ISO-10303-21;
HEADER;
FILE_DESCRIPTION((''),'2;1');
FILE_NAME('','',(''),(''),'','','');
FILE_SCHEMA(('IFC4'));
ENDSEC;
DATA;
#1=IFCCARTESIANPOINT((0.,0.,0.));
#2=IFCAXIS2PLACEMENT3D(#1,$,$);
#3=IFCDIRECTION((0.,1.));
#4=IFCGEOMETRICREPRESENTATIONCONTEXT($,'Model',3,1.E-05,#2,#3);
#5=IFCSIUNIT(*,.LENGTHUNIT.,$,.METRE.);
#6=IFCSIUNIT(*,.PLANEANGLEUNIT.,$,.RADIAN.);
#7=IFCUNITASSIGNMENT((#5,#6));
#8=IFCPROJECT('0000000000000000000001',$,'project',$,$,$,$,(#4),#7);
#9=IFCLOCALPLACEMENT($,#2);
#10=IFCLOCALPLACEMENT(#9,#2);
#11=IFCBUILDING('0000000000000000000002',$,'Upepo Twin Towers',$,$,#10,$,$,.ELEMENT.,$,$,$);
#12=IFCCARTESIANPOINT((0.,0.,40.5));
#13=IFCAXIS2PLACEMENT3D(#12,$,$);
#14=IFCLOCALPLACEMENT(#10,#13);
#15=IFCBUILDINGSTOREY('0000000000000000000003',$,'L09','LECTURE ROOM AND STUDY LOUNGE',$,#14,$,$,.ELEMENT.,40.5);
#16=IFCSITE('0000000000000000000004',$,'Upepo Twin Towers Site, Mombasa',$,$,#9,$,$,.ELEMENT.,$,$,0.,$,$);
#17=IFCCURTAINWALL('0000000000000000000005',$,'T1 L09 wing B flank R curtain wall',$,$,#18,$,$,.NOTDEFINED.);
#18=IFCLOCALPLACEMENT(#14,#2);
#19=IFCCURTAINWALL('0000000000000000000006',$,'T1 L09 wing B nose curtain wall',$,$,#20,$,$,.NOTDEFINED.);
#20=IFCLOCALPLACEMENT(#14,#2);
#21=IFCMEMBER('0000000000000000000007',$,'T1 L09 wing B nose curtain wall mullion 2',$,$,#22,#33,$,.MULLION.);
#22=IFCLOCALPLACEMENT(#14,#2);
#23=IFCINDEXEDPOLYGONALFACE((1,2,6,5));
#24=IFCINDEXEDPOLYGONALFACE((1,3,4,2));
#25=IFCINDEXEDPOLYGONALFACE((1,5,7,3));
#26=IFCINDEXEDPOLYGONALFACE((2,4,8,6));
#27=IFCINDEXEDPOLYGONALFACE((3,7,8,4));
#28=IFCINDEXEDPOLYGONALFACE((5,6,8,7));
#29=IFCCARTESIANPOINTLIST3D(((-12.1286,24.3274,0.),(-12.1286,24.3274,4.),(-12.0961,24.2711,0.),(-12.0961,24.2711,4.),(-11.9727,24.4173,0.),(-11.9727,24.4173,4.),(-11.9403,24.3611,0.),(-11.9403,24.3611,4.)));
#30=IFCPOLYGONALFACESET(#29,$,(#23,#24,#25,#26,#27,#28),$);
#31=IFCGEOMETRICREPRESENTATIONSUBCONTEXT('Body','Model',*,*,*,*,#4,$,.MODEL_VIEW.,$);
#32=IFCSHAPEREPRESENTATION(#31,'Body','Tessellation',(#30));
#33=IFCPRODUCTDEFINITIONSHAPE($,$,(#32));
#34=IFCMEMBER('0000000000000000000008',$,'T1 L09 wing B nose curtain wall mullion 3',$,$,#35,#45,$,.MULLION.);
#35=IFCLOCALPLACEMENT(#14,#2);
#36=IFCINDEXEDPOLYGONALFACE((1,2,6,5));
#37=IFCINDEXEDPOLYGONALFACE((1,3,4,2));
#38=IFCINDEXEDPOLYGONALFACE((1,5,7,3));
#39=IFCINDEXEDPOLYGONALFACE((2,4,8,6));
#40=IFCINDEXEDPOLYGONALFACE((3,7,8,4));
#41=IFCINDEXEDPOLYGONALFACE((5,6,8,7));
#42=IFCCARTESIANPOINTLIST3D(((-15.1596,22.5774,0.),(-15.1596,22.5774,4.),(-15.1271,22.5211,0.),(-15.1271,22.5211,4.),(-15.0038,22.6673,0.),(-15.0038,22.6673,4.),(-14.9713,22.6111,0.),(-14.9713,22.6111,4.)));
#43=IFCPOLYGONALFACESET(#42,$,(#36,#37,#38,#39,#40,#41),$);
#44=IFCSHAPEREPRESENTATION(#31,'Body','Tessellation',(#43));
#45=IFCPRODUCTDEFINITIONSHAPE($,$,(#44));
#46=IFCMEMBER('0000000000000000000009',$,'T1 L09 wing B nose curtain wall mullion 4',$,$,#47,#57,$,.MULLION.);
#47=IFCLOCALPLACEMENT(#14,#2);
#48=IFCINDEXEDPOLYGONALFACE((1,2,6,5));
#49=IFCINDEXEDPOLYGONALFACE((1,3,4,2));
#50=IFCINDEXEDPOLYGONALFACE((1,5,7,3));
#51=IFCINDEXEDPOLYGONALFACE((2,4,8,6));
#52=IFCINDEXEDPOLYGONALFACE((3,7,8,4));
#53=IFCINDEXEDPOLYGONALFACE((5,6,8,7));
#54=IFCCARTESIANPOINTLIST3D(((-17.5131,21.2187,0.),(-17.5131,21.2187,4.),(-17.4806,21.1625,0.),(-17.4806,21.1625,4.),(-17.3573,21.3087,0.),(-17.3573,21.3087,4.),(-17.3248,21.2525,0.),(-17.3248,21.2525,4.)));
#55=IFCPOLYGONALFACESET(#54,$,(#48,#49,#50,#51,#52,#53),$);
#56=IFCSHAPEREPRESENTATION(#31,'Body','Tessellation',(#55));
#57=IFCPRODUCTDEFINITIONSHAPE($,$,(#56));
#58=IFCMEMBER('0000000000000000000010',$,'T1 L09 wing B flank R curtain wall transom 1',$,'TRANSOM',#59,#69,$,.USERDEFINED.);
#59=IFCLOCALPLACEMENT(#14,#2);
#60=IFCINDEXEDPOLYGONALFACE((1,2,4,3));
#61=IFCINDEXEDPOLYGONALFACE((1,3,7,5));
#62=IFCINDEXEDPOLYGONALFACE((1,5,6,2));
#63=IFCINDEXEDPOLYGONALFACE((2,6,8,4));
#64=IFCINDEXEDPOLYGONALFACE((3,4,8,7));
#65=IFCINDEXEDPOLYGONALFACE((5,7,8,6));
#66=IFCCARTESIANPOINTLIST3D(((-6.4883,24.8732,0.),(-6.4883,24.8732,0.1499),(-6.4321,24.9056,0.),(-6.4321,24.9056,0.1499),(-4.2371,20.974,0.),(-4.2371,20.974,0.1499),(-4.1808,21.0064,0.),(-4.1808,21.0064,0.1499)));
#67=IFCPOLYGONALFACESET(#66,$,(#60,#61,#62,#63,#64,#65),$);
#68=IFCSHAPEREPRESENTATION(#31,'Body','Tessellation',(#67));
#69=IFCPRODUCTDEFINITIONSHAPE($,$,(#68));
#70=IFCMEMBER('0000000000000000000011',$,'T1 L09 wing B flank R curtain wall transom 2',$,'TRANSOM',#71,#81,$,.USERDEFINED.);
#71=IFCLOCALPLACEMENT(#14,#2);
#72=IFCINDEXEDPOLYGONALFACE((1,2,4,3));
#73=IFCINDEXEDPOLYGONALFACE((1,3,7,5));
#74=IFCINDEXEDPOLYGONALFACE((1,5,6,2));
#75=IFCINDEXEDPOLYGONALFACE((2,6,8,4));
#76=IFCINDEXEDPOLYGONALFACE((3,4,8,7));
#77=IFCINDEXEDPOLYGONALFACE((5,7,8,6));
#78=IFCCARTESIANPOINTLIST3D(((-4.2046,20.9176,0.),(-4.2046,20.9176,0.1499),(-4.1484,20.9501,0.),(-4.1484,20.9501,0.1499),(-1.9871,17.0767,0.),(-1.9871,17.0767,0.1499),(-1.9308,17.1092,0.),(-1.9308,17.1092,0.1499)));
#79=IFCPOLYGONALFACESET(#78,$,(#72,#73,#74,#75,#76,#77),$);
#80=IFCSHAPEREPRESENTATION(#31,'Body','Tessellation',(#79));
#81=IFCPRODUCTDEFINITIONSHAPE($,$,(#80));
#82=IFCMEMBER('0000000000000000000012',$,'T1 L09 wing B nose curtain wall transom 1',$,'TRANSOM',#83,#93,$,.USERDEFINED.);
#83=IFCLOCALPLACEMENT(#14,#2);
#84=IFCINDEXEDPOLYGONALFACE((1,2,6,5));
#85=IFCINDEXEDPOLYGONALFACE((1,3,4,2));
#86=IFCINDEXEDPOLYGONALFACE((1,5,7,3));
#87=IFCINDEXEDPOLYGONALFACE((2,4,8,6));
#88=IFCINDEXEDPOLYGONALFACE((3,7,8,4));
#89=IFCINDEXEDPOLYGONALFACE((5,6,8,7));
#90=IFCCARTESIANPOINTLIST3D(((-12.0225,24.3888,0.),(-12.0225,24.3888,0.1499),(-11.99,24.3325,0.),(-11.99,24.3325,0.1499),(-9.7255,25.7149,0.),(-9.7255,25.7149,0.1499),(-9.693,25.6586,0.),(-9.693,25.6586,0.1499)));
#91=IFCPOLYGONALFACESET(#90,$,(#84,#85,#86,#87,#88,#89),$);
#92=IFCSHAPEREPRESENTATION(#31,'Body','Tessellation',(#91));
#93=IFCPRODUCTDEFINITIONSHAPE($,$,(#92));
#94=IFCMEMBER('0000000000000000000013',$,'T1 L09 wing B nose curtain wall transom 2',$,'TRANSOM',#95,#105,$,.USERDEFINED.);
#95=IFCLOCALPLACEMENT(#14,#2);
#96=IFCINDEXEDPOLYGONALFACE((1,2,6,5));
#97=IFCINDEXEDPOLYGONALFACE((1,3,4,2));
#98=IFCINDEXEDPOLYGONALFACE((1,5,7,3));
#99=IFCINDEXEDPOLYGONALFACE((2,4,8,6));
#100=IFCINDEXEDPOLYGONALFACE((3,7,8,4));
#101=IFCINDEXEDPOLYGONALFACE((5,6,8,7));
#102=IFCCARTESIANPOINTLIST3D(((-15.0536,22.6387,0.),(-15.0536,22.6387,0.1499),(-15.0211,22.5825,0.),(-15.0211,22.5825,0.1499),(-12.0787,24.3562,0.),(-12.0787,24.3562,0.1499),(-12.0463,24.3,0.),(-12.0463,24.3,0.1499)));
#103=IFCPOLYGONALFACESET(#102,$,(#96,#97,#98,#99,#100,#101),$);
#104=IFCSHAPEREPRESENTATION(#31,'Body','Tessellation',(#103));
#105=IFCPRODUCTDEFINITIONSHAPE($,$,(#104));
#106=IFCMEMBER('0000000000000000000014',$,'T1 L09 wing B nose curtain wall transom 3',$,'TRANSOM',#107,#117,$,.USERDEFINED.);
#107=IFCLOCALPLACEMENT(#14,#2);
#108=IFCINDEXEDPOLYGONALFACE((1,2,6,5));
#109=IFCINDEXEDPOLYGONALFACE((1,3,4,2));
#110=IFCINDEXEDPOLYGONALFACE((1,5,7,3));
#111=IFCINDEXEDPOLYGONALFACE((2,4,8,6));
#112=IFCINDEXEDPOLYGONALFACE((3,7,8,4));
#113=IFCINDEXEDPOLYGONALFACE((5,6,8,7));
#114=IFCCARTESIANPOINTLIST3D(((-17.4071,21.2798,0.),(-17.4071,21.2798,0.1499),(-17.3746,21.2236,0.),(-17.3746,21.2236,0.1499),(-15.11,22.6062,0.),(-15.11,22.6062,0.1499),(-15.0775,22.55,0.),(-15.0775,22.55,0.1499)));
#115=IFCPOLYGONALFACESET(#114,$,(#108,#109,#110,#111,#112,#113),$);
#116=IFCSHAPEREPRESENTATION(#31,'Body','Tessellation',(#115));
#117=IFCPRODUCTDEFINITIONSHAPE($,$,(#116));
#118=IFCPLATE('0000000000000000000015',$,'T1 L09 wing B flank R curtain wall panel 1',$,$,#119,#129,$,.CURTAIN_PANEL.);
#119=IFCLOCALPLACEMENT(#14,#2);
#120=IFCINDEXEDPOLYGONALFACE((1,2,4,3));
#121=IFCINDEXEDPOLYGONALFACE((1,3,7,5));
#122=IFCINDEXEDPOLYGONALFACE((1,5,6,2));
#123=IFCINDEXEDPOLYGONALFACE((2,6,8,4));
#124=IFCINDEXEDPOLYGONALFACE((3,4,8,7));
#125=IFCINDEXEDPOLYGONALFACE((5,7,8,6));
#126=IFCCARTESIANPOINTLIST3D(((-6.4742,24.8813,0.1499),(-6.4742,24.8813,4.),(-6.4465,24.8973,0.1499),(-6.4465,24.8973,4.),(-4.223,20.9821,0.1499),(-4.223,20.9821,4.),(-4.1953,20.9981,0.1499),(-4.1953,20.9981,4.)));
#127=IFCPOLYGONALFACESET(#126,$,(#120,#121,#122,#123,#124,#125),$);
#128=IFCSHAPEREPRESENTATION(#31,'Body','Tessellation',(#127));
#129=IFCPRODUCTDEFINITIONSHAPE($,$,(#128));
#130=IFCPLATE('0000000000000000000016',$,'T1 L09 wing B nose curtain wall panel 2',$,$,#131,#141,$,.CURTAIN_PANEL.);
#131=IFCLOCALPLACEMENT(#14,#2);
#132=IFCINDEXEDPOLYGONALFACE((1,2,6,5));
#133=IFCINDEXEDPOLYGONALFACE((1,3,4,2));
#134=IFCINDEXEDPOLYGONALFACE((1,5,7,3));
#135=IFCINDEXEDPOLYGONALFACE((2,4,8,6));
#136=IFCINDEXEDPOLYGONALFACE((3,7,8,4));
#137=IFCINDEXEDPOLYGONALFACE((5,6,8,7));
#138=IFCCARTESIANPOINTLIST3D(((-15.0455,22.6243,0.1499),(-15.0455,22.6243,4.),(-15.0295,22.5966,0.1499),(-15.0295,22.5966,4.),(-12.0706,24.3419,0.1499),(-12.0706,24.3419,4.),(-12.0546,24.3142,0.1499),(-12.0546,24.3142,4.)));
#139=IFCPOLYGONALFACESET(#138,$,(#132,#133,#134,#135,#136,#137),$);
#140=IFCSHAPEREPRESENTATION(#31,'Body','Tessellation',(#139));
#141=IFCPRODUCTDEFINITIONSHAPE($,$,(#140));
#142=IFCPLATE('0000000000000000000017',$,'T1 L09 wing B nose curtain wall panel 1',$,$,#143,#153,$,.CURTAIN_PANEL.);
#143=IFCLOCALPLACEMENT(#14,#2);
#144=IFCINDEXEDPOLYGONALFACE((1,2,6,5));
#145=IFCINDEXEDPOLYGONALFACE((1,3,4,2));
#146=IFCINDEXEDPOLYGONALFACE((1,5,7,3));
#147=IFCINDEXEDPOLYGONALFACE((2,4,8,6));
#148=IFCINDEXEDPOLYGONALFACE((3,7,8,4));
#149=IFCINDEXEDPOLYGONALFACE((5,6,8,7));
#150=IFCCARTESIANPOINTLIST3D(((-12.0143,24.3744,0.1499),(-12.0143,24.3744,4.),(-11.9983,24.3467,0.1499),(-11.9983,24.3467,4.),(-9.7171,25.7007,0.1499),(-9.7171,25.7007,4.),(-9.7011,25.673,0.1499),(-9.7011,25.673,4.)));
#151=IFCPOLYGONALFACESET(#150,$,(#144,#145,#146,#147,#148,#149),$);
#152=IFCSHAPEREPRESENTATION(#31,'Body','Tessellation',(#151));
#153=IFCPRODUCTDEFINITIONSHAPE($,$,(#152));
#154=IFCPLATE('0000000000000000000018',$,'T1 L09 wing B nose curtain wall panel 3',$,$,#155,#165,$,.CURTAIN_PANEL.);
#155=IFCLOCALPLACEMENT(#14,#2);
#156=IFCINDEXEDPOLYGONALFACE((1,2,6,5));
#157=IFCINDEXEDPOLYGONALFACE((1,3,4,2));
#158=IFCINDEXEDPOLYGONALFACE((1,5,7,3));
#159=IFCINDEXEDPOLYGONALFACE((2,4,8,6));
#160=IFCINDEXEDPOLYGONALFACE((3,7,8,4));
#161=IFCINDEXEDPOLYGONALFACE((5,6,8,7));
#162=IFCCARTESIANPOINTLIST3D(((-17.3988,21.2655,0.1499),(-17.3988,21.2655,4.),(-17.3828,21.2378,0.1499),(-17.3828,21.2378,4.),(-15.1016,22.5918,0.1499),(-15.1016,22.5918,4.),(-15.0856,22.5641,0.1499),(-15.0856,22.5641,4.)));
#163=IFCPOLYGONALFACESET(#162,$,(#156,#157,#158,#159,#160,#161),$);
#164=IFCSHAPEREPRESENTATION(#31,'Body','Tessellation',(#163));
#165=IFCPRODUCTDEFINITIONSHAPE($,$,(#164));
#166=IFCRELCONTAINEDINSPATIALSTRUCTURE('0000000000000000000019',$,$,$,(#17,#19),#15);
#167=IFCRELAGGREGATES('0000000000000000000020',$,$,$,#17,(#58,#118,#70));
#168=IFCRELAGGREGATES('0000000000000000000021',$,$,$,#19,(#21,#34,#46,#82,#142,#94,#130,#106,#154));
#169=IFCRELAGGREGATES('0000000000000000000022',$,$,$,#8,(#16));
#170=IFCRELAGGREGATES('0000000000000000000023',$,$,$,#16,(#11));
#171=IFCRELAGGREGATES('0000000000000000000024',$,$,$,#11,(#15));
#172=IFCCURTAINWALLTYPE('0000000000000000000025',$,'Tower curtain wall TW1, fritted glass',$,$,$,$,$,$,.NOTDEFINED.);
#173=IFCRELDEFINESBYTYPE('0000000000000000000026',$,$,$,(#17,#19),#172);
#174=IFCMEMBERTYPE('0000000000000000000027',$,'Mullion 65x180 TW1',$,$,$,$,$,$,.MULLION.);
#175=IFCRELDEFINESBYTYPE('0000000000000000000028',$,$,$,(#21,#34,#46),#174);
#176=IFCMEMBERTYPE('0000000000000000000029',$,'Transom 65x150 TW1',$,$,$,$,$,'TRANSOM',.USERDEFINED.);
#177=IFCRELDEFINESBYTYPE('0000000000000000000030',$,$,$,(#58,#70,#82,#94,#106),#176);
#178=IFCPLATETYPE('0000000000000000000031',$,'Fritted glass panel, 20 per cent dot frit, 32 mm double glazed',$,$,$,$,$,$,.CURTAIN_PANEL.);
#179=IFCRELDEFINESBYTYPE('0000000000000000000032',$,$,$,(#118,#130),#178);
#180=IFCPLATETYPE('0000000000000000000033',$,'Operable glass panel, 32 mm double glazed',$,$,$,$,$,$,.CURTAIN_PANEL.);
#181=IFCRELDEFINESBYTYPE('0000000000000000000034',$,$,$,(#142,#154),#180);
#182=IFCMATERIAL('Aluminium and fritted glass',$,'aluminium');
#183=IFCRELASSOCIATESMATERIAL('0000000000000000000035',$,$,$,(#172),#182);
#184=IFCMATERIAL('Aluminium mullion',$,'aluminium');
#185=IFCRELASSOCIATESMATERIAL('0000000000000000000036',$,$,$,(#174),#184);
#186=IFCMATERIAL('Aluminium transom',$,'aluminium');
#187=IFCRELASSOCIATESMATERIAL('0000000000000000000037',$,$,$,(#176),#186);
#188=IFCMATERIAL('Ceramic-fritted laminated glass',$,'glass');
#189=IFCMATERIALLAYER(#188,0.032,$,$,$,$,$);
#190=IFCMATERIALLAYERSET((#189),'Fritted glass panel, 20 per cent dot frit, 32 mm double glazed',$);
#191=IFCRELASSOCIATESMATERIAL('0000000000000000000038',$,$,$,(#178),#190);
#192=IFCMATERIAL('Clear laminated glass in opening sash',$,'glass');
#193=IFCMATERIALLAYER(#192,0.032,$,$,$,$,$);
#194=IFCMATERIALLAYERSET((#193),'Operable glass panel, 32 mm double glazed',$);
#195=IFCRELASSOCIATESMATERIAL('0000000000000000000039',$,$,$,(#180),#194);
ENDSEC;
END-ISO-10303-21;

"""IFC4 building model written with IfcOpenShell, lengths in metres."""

from ifc_helpers import new_model, si_unit, direction, frame, origin, origin_2d, place, context, subcontext, project, spatial, rectangle, extrude, material, layer, layer_set, material_profile, profile_set, type_object, element, aggregate, save


model = new_model("IFC4")

# Units and contexts
model_context = context("Model", 3, precision=1e-05, world=origin(), true_north=direction((0.0, 1.0)))
body_context = subcontext(model_context, "Body", "Model", "MODEL_VIEW")
ifc_project = project(units=[si_unit("LENGTHUNIT", "METRE"), si_unit("PLANEANGLEUNIT", "RADIAN")], contexts=[model_context])

# Site, building, storey
site_placement = place(None, origin())
site = spatial("IfcSite", under=ifc_project, at=site_placement, Name="Upepo Twin Towers Site, Mombasa", CompositionType="ELEMENT", RefElevation=0.0)
building_placement = place(site_placement, origin())
building = spatial("IfcBuilding", under=site, at=building_placement, Name="Upepo Twin Towers", CompositionType="ELEMENT")
storey_placement = place(building_placement, frame((0.0, 0.0, 40.5)))
storey = spatial("IfcBuildingStorey", under=building, at=storey_placement, Name="L09", Description="LECTURE ROOM AND STUDY LOUNGE", CompositionType="ELEMENT", Elevation=40.5)

# Shared definitions
ifc_material_1 = material(Name="Aluminium and fritted glass", Category="aluminium")
curtain_wall_type = type_object("IfcCurtainWallType", Name="Tower curtain wall TW1, fritted glass", PredefinedType="NOTDEFINED", material=ifc_material_1)
ifc_material_2 = material(Name="Aluminium mullion", Category="aluminium")
ifc_material_profile_1 = material_profile(ifc_material_2, rectangle(XDim=0.0649, YDim=0.1799, at=origin_2d()), Name="MULLION 65x180")
ifc_profile_set_1 = profile_set([ifc_material_profile_1], Name="Aluminium mullion")
member_type_1 = type_object("IfcMemberType", Name="Mullion 65x180 TW1", PredefinedType="MULLION", material=ifc_profile_set_1)

# Curtain walls, members
curtain_wall_1_placement = place(storey_placement, origin())
curtain_wall_1 = element("IfcCurtainWall", 1, at=curtain_wall_1_placement, inside=storey, type_object=curtain_wall_type, Name="T1 L09 wing B flank R curtain wall", PredefinedType="NOTDEFINED")
curtain_wall_2_placement = place(storey_placement, origin())
curtain_wall_2 = element("IfcCurtainWall", 2, at=curtain_wall_2_placement, inside=storey, type_object=curtain_wall_type, Name="T1 L09 wing B nose curtain wall", PredefinedType="NOTDEFINED")
member_1_placement = place(storey_placement, frame((-12.0344, 24.3442, 0.0), z_axis=(0.0, 0.0, 1.0), x_axis=(0.5, -0.866025, 0.0)))
member_1 = element("IfcMember", 3, at=member_1_placement, type_object=member_type_1, Name="T1 L09 wing B nose curtain wall mullion 2", PredefinedType="MULLION", context=body_context, shape_type="SweptSolid", body=[
    extrude(rectangle(XDim=0.0649, YDim=0.1799, at=origin_2d()), origin(), (0.0, 0.0, 1.0), 4.0),
])
member_2_placement = place(storey_placement, frame((-15.0654, 22.5942, 0.0), z_axis=(0.0, 0.0, 1.0), x_axis=(0.5, -0.866025, 0.0)))
member_2 = element("IfcMember", 4, at=member_2_placement, type_object=member_type_1, Name="T1 L09 wing B nose curtain wall mullion 3", PredefinedType="MULLION", context=body_context, shape_type="SweptSolid", body=[
    extrude(rectangle(XDim=0.0649, YDim=0.1799, at=origin_2d()), origin(), (0.0, 0.0, 1.0), 4.0),
])
member_3_placement = place(storey_placement, frame((-17.4189, 21.2356, 0.0), z_axis=(0.0, 0.0, 1.0), x_axis=(0.5, -0.866025, 0.0)))
member_3 = element("IfcMember", 5, at=member_3_placement, type_object=member_type_1, Name="T1 L09 wing B nose curtain wall mullion 4", PredefinedType="MULLION", context=body_context, shape_type="SweptSolid", body=[
    extrude(rectangle(XDim=0.0649, YDim=0.1799, at=origin_2d()), origin(), (0.0, 0.0, 1.0), 4.0),
])

# Members
ifc_material_3 = material(Name="Aluminium transom", Category="aluminium")
ifc_material_profile_2 = material_profile(ifc_material_3, rectangle(XDim=0.0649, YDim=0.1499, at=origin_2d()), Name="TRANSOM 65x150")
ifc_profile_set_2 = profile_set([ifc_material_profile_2], Name="Aluminium transom")
member_type_2 = type_object("IfcMemberType", Name="Transom 65x150 TW1", ElementType="TRANSOM", PredefinedType="USERDEFINED", material=ifc_profile_set_2)
member_4_placement = place(storey_placement, frame((-6.4602, 24.8894, 0.075), z_axis=(0.500006, -0.866022, 0.0), x_axis=(0.866022, 0.500006, 0.0)))
member_4 = element("IfcMember", 6, at=member_4_placement, type_object=member_type_2, Name="T1 L09 wing B flank R curtain wall transom 1", ObjectType="TRANSOM", PredefinedType="USERDEFINED", context=body_context, shape_type="SweptSolid", body=[
    extrude(rectangle(XDim=0.0649, YDim=0.1499, at=origin_2d()), origin(), (0.0, 0.0, 1.0), 4.5024),
])
member_5_placement = place(storey_placement, frame((-4.1765, 20.9338, 0.075), z_axis=(0.500005, -0.866022, 0.0), x_axis=(0.866022, 0.500005, 0.0)))
member_5 = element("IfcMember", 7, at=member_5_placement, type_object=member_type_2, Name="T1 L09 wing B flank R curtain wall transom 2", ObjectType="TRANSOM", PredefinedType="USERDEFINED", context=body_context, shape_type="SweptSolid", body=[
    extrude(rectangle(XDim=0.0649, YDim=0.1499, at=origin_2d()), origin(), (0.0, 0.0, 1.0), 4.4351),
])
member_6_placement = place(storey_placement, frame((-9.7092, 25.6868, 0.075), z_axis=(-0.866037, -0.49998, 0.0), x_axis=(0.49998, -0.866037, 0.0)))
member_6 = element("IfcMember", 8, at=member_6_placement, type_object=member_type_2, Name="T1 L09 wing B nose curtain wall transom 1", ObjectType="TRANSOM", PredefinedType="USERDEFINED", context=body_context, shape_type="SweptSolid", body=[
    extrude(rectangle(XDim=0.0649, YDim=0.1499, at=origin_2d()), origin(), (0.0, 0.0, 1.0), 2.6523),
])
member_7_placement = place(storey_placement, frame((-12.0625, 24.3281, 0.075), z_axis=(-0.866026, -0.499999, 0.0), x_axis=(0.499999, -0.866026, 0.0)))
member_7 = element("IfcMember", 9, at=member_7_placement, type_object=member_type_2, Name="T1 L09 wing B nose curtain wall transom 2", ObjectType="TRANSOM", PredefinedType="USERDEFINED", context=body_context, shape_type="SweptSolid", body=[
    extrude(rectangle(XDim=0.0649, YDim=0.1499, at=origin_2d()), origin(), (0.0, 0.0, 1.0), 3.4351),
])
member_8_placement = place(storey_placement, frame((-15.0938, 22.5781, 0.075), z_axis=(-0.865997, -0.500049, 0.0), x_axis=(0.500049, -0.865997, 0.0)))
member_8 = element("IfcMember", 10, at=member_8_placement, type_object=member_type_2, Name="T1 L09 wing B nose curtain wall transom 3", ObjectType="TRANSOM", PredefinedType="USERDEFINED", context=body_context, shape_type="SweptSolid", body=[
    extrude(rectangle(XDim=0.0649, YDim=0.1499, at=origin_2d()), origin(), (0.0, 0.0, 1.0), 2.6526),
])

# Plates
ifc_material_4 = material(Name="Ceramic-fritted laminated glass", Category="glass")
ifc_layer_1 = layer(ifc_material_4, 0.032)
ifc_layer_set_1 = layer_set([ifc_layer_1], Name="Fritted glass panel, 20 per cent dot frit, 32 mm double glazed")
plate_type_1 = type_object("IfcPlateType", Name="Fritted glass panel, 20 per cent dot frit, 32 mm double glazed", PredefinedType="CURTAIN_PANEL", material=ifc_layer_set_1)
plate_1_placement = place(storey_placement, frame((-5.3347, 22.9397, 0.1499), z_axis=(0.0, 0.0, 1.0), x_axis=(0.5, -0.866025, 0.0)))
plate_1 = element("IfcPlate", 11, at=plate_1_placement, type_object=plate_type_1, Name="T1 L09 wing B flank R curtain wall panel 1", PredefinedType="CURTAIN_PANEL", context=body_context, shape_type="SweptSolid", body=[
    extrude(rectangle(XDim=4.5024, YDim=0.032, at=origin_2d()), origin(), (0.0, 0.0, 1.0), 3.8501),
])
aggregate(curtain_wall_1, [member_4, plate_1, member_5])
plate_2_placement = place(storey_placement, frame((-13.55, 23.4692, 0.1499), z_axis=(0.0, 0.0, 1.0), x_axis=(-0.866025, -0.5, 0.0)))
plate_2 = element("IfcPlate", 12, at=plate_2_placement, type_object=plate_type_1, Name="T1 L09 wing B nose curtain wall panel 2", PredefinedType="CURTAIN_PANEL", context=body_context, shape_type="SweptSolid", body=[
    extrude(rectangle(XDim=3.4351, YDim=0.032, at=origin_2d()), origin(), (0.0, 0.0, 1.0), 3.8501),
])
ifc_material_5 = material(Name="Clear laminated glass in opening sash", Category="glass")
ifc_layer_2 = layer(ifc_material_5, 0.032)
ifc_layer_set_2 = layer_set([ifc_layer_2], Name="Operable glass panel, 32 mm double glazed")
plate_type_2 = type_object("IfcPlateType", Name="Operable glass panel, 32 mm double glazed", PredefinedType="CURTAIN_PANEL", material=ifc_layer_set_2)
plate_3_placement = place(storey_placement, frame((-10.8577, 25.0237, 0.1499), z_axis=(0.0, 0.0, 1.0), x_axis=(-0.866025, -0.5, 0.0)))
plate_3 = element("IfcPlate", 13, at=plate_3_placement, type_object=plate_type_2, Name="T1 L09 wing B nose curtain wall panel 1", PredefinedType="CURTAIN_PANEL", context=body_context, shape_type="SweptSolid", body=[
    extrude(rectangle(XDim=2.6526, YDim=0.032, at=origin_2d()), origin(), (0.0, 0.0, 1.0), 3.8501),
])
plate_4_placement = place(storey_placement, frame((-16.2422, 21.9148, 0.1499), z_axis=(0.0, 0.0, 1.0), x_axis=(-0.866025, -0.5, 0.0)))
plate_4 = element("IfcPlate", 14, at=plate_4_placement, type_object=plate_type_2, Name="T1 L09 wing B nose curtain wall panel 3", PredefinedType="CURTAIN_PANEL", context=body_context, shape_type="SweptSolid", body=[
    extrude(rectangle(XDim=2.6526, YDim=0.032, at=origin_2d()), origin(), (0.0, 0.0, 1.0), 3.8501),
])
aggregate(curtain_wall_2, [member_1, member_2, member_3, member_6, plate_3, member_7, plate_2, member_8, plate_4])

save(model, "model.ifc")
